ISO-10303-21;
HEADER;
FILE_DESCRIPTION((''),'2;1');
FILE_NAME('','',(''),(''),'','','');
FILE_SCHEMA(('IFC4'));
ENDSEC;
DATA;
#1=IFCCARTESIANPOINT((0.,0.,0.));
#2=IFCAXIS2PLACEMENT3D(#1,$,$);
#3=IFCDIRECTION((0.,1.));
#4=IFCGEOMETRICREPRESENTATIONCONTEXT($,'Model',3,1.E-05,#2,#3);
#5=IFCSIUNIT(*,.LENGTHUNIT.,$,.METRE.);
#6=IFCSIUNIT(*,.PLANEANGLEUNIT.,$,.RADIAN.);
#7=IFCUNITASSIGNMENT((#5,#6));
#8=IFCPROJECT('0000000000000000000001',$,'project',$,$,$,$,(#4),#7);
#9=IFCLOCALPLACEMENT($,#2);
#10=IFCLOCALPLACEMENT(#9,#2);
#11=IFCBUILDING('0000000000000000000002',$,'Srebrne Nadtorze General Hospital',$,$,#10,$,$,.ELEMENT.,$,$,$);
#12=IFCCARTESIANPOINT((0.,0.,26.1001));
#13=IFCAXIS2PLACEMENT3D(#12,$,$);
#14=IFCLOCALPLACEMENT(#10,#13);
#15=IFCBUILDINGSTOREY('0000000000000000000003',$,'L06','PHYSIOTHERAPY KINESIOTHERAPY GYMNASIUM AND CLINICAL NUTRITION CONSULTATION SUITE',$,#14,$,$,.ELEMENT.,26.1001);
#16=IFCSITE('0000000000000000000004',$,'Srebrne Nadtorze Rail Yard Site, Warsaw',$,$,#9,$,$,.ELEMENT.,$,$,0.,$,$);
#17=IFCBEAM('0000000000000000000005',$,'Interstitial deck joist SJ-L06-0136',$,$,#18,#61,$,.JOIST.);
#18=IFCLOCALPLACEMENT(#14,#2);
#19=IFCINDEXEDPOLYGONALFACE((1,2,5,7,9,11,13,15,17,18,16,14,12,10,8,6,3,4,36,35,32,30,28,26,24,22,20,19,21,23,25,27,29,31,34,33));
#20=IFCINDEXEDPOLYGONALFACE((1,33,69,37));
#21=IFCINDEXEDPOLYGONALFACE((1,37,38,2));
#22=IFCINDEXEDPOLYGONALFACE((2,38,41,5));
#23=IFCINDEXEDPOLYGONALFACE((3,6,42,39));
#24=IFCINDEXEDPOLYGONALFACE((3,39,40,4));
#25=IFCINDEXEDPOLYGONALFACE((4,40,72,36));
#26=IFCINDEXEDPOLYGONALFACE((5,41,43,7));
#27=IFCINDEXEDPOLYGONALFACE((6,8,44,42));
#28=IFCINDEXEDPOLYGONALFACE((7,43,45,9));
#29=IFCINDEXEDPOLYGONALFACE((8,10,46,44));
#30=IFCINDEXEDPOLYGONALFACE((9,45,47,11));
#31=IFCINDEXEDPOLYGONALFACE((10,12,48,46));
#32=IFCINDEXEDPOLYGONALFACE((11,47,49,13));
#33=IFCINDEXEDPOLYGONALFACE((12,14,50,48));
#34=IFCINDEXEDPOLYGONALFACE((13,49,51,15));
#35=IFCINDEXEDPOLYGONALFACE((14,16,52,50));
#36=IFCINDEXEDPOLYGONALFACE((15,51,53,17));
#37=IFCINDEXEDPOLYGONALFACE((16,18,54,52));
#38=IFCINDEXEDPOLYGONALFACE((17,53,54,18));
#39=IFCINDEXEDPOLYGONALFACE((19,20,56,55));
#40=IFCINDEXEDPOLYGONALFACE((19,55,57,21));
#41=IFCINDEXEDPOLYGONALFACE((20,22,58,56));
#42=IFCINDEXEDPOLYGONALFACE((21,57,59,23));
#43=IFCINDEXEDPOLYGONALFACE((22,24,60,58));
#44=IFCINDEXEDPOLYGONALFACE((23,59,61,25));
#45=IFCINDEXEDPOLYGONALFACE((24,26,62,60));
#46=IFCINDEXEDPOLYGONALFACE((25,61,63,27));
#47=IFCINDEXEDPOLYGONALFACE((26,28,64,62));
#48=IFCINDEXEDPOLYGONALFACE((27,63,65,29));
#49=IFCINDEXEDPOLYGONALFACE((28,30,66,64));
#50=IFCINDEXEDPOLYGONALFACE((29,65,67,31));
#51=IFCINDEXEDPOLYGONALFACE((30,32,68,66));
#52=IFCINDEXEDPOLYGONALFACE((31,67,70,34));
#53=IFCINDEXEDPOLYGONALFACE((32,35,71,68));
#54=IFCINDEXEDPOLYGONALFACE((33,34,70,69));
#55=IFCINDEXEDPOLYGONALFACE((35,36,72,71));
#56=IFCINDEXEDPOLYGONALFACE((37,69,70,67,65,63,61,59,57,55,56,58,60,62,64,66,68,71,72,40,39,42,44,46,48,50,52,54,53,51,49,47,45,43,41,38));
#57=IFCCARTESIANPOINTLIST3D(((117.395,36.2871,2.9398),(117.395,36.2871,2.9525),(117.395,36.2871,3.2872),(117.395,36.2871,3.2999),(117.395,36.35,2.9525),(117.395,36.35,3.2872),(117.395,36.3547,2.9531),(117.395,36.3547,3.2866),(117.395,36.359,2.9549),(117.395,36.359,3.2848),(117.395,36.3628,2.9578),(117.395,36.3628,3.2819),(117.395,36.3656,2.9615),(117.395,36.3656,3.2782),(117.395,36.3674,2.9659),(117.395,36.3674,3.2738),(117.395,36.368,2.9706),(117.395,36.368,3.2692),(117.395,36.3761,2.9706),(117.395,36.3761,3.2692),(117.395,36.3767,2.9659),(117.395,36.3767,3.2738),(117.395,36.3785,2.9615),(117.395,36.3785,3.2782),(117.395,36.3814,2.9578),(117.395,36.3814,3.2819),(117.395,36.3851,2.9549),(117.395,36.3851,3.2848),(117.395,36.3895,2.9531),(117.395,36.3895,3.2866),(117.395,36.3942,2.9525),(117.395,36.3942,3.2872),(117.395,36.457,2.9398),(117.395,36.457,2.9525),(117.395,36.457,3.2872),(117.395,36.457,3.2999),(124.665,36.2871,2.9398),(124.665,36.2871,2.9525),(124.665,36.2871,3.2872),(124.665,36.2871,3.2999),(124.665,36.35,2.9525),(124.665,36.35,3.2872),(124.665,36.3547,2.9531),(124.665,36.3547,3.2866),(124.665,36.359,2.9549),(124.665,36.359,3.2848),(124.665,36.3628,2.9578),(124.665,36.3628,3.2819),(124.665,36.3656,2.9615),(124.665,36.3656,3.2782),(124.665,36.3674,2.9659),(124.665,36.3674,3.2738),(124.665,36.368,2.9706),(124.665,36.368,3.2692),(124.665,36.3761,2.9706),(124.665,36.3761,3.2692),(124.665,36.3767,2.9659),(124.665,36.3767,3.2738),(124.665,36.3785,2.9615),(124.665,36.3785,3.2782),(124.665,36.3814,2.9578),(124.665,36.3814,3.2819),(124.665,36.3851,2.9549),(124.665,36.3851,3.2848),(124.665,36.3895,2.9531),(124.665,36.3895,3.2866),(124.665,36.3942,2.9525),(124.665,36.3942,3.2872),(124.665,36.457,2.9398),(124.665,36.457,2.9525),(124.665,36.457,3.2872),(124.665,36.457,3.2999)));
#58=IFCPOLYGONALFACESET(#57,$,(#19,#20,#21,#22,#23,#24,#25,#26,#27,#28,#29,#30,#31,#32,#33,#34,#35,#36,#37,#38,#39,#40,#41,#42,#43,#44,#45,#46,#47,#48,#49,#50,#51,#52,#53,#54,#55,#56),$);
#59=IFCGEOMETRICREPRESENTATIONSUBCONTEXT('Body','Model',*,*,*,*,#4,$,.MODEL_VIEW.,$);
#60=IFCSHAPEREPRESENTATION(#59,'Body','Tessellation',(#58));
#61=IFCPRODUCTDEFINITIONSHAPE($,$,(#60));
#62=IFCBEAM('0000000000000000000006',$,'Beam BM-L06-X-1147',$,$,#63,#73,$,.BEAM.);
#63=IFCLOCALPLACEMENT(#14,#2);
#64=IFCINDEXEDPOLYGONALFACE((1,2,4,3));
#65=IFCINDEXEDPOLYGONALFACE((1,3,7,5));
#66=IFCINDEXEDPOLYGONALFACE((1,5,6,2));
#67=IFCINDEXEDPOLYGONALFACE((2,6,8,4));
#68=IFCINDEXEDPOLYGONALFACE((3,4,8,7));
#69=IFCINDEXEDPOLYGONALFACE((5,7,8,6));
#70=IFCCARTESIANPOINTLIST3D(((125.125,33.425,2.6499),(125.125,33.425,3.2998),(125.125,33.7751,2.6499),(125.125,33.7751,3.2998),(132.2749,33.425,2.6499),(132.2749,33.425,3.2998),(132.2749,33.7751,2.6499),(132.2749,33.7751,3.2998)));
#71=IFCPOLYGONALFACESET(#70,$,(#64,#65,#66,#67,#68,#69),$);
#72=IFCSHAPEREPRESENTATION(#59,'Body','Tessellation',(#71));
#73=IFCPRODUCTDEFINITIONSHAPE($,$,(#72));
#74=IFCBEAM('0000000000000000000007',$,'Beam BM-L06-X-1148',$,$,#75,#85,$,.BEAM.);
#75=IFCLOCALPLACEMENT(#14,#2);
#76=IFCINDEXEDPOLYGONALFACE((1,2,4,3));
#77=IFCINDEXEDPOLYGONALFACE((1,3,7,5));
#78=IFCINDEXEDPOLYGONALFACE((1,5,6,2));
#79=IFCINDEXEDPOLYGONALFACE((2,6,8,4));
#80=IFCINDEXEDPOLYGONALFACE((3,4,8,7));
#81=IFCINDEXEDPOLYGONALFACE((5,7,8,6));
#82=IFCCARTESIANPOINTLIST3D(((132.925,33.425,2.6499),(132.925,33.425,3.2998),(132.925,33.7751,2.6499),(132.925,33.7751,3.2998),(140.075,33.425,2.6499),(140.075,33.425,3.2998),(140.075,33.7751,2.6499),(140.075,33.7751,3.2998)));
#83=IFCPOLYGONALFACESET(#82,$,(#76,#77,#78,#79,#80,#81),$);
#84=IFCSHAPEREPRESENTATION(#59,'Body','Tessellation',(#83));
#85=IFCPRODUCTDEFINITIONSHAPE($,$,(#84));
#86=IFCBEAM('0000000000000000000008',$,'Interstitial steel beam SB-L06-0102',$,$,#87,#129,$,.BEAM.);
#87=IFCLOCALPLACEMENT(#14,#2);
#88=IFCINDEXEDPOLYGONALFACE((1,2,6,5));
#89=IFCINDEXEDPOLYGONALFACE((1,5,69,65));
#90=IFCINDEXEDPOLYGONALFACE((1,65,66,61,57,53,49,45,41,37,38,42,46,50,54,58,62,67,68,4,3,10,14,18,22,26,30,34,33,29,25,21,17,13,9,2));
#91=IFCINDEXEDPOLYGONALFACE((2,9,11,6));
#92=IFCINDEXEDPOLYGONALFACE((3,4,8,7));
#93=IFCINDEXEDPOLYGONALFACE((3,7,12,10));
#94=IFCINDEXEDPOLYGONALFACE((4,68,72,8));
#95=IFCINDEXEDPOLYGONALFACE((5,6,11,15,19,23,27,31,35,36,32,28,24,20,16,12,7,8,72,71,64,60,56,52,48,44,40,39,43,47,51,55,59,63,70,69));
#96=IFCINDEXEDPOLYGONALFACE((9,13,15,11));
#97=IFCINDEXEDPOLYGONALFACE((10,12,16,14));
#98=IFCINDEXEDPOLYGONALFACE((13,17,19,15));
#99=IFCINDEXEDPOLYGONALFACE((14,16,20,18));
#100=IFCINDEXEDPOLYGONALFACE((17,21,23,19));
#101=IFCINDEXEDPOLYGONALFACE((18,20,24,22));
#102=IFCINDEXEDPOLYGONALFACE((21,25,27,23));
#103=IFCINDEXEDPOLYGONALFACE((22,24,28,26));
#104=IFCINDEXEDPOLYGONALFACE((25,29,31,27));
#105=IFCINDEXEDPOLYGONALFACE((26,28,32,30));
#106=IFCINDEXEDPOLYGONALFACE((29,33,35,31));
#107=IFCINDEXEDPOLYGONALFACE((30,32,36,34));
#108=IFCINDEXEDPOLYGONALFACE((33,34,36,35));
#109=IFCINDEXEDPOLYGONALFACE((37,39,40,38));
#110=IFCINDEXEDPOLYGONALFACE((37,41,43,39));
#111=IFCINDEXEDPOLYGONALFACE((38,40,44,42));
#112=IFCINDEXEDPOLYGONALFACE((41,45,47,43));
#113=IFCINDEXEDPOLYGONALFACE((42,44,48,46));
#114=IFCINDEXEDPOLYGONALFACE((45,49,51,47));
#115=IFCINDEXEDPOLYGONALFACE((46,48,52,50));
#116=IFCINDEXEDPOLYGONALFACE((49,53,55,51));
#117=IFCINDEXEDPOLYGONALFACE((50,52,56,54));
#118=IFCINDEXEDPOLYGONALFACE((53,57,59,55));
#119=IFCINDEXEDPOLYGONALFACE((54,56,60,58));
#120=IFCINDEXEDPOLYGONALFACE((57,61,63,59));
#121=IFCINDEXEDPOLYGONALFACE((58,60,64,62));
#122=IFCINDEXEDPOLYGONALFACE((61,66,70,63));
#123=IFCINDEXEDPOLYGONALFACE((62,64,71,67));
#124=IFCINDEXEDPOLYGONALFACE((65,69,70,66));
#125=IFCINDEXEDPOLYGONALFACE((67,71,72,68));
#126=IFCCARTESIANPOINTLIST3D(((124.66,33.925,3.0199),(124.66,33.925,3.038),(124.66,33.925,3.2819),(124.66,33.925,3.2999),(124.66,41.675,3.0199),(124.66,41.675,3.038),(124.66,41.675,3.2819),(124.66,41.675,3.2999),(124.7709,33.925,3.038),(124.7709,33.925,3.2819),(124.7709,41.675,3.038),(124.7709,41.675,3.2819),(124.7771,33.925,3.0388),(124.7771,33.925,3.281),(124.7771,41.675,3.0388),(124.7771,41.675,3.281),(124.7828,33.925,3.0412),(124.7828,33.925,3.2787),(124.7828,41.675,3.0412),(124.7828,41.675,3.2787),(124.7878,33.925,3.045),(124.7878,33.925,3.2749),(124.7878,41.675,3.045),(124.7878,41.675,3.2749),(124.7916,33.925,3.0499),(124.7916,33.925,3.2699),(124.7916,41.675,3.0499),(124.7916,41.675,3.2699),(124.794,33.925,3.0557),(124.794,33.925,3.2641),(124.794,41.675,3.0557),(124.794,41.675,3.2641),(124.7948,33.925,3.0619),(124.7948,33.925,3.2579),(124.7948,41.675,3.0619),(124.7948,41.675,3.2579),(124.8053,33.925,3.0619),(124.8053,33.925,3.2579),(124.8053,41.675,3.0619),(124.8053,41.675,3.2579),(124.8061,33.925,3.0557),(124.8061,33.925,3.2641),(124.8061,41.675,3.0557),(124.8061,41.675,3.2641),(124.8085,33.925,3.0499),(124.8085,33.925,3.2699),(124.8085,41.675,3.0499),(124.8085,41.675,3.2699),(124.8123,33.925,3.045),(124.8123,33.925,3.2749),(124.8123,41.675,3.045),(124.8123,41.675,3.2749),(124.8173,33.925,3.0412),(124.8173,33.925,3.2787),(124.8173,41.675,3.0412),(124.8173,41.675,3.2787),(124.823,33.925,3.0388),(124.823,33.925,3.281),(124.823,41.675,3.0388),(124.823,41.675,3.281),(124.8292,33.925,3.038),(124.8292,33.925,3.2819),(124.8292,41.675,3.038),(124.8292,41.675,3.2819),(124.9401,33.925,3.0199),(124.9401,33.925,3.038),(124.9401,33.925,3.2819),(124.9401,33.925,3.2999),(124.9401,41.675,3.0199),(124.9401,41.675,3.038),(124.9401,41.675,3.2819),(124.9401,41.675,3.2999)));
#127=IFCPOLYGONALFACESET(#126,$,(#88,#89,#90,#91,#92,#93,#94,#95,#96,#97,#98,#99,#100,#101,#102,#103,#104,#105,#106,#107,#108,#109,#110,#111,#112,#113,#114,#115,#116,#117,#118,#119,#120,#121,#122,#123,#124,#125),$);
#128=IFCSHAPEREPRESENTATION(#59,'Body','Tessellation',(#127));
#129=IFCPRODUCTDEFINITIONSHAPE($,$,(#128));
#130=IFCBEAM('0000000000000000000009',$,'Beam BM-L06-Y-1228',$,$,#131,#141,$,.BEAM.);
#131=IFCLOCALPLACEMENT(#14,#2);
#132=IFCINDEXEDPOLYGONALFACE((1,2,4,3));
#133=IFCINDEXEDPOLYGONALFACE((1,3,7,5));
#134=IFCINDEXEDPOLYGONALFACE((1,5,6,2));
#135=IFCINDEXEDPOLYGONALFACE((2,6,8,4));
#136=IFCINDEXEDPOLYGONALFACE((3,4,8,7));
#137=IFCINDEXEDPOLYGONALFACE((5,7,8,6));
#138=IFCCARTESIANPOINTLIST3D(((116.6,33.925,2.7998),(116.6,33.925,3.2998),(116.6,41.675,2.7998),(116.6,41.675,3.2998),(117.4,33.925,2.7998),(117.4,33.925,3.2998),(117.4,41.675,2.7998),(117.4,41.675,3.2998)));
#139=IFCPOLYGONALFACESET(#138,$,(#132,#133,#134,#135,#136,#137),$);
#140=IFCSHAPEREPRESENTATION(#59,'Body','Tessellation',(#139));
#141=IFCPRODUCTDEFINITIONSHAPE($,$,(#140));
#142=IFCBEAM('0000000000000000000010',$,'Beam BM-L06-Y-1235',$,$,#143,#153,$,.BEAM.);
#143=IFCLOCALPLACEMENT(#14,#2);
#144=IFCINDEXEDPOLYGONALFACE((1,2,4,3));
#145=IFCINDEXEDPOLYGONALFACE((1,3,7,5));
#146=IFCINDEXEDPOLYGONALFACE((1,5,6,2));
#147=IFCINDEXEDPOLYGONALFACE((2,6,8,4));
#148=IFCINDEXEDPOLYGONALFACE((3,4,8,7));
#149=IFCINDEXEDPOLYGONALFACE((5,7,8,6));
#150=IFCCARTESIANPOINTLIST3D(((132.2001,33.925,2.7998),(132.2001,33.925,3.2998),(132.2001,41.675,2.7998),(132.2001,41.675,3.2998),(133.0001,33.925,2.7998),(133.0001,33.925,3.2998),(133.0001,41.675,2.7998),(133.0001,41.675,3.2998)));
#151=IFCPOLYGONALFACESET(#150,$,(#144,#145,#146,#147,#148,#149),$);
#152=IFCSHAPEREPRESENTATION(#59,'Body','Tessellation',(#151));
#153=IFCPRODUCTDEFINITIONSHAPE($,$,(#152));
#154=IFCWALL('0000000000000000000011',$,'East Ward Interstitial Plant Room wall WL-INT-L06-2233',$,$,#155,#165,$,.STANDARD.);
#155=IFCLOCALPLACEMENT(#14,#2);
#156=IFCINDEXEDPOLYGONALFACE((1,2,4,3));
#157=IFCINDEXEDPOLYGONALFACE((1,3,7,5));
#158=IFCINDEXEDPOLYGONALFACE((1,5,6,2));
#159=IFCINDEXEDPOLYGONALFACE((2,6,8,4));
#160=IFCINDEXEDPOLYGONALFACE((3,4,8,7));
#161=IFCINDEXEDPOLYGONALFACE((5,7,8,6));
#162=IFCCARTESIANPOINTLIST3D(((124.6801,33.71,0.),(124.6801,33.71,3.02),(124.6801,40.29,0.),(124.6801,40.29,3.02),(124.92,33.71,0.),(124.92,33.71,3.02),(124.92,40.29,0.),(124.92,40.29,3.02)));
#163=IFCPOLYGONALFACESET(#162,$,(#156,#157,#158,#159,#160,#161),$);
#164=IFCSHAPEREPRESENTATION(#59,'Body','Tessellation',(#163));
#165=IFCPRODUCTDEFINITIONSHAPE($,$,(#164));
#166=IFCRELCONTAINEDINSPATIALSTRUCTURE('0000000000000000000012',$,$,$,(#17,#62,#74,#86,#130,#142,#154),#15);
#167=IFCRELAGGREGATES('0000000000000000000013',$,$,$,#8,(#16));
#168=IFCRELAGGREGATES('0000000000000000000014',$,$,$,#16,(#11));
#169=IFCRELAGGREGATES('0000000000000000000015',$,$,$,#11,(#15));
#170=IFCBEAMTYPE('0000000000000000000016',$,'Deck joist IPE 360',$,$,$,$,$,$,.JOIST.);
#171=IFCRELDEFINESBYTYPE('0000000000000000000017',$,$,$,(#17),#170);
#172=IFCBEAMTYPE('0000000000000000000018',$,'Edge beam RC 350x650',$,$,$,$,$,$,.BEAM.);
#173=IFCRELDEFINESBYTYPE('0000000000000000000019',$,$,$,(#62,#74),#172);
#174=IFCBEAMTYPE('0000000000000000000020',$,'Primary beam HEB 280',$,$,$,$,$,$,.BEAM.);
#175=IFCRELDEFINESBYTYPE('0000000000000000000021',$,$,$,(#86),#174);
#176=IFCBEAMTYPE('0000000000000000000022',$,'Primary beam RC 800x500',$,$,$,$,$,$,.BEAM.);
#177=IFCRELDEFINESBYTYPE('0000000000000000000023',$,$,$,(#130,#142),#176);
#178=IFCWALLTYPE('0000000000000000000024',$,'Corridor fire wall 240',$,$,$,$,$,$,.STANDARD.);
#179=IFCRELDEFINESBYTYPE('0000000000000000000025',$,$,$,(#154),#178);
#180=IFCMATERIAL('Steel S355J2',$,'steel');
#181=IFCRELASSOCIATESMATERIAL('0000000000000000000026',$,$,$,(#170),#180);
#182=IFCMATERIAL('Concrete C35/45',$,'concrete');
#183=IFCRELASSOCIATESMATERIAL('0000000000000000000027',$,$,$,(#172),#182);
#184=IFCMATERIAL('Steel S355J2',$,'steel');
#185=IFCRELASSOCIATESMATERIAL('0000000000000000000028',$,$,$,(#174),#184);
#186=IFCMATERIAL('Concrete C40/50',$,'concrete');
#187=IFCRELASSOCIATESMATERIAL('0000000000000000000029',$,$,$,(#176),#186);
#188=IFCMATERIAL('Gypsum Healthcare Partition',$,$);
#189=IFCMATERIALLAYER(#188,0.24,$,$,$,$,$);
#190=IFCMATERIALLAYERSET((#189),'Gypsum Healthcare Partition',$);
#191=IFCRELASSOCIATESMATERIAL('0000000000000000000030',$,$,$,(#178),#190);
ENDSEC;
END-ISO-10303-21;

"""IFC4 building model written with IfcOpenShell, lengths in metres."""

from ifc_helpers import new_model, si_unit, direction, frame, frame_2d, origin, origin_2d, place, context, subcontext, project, spatial, rectangle, i_section, extrude, material, layer, layer_set, material_profile, profile_set, type_object, element, save


model = new_model("IFC4")

# Units and contexts
model_context = context("Model", 3, precision=1e-05, world=origin(), true_north=direction((0.0, 1.0)))
body_context = subcontext(model_context, "Body", "Model", "MODEL_VIEW")
ifc_project = project(units=[si_unit("LENGTHUNIT", "METRE"), si_unit("PLANEANGLEUNIT", "RADIAN")], contexts=[model_context])

# Site, building, storey
site_placement = place(None, origin())
site = spatial("IfcSite", under=ifc_project, at=site_placement, Name="Srebrne Nadtorze Rail Yard Site, Warsaw", CompositionType="ELEMENT", RefElevation=0.0)
building_placement = place(site_placement, origin())
building = spatial("IfcBuilding", under=site, at=building_placement, Name="Srebrne Nadtorze General Hospital", CompositionType="ELEMENT")
storey_placement = place(building_placement, frame((0.0, 0.0, 26.1001)))
storey = spatial("IfcBuildingStorey", under=building, at=storey_placement, Name="L06", Description="PHYSIOTHERAPY KINESIOTHERAPY GYMNASIUM AND CLINICAL NUTRITION CONSULTATION SUITE", CompositionType="ELEMENT", Elevation=26.1001)

# Beams
ifc_material_1 = material(Name="Steel S355J2", Category="steel")
ifc_material_profile_1 = material_profile(ifc_material_1, i_section(OverallWidth=0.1699, OverallDepth=0.3601, WebThickness=0.0081, FlangeThickness=0.0127, FilletRadius=0.0181, at=origin_2d()), Name="IPE-360")
ifc_profile_set_1 = profile_set([ifc_material_profile_1], Name="Steel S355J2")
beam_type_1 = type_object("IfcBeamType", Name="Deck joist IPE 360", PredefinedType="JOIST", material=ifc_profile_set_1)
beam_1_placement = place(storey_placement, frame((117.395, 36.3721, 3.1199), z_axis=(1.0, 0.0, 0.0), x_axis=(0.0, 1.0, 0.0)))
element("IfcBeam", 1, at=beam_1_placement, inside=storey, type_object=beam_type_1, Name="Interstitial deck joist SJ-L06-0136", PredefinedType="JOIST", context=body_context, shape_type="SweptSolid", body=[
    extrude(i_section(OverallWidth=0.1699, OverallDepth=0.3601, WebThickness=0.0081, FlangeThickness=0.0127, FilletRadius=0.0181, at=origin_2d()), origin(), (0.0, 0.0, 1.0), 7.27),
])
ifc_material_2 = material(Name="Concrete C35/45", Category="concrete")
ifc_material_profile_2 = material_profile(ifc_material_2, rectangle(XDim=0.3501, YDim=0.6499, at=origin_2d()), Name="RC-BM-350x650")
ifc_profile_set_2 = profile_set([ifc_material_profile_2], Name="Concrete C35/45")
beam_type_2 = type_object("IfcBeamType", Name="Edge beam RC 350x650", PredefinedType="BEAM", material=ifc_profile_set_2)
for number, where, z_axis, x_axis, name in (
    (2, (125.125, 33.6001, 2.9749), (1.0, 0.0, 0.0), (0.0, 1.0, 0.0), "Beam BM-L06-X-1147"),
    (3, (132.925, 33.6001, 2.9749), (1.0, 0.0, 0.0), (0.0, 1.0, 0.0), "Beam BM-L06-X-1148"),
):
    element("IfcBeam", number, at=place(storey_placement, frame(where, z_axis=z_axis, x_axis=x_axis)), inside=storey, type_object=beam_type_2, Name=name, PredefinedType="BEAM", context=body_context, shape_type="SweptSolid", body=[
        extrude(rectangle(XDim=0.3501, YDim=0.6499, at=origin_2d()), origin(), (0.0, 0.0, 1.0), 7.1499),
    ])
ifc_material_3 = material(Name="Steel S355J2", Category="steel")
ifc_material_profile_3 = material_profile(ifc_material_3, i_section(OverallWidth=0.28, OverallDepth=0.28, WebThickness=0.0105, FlangeThickness=0.0181, FilletRadius=0.0239, at=origin_2d()), Name="HEB-280")
ifc_profile_set_3 = profile_set([ifc_material_profile_3], Name="Steel S355J2")
beam_type_3 = type_object("IfcBeamType", Name="Primary beam HEB 280", PredefinedType="BEAM", material=ifc_profile_set_3)
beam_2_placement = place(storey_placement, frame((124.8, 33.925, 3.1599), z_axis=(0.0, 1.0, 0.0), x_axis=(-1.0, 0.0, 0.0)))
element("IfcBeam", 4, at=beam_2_placement, inside=storey, type_object=beam_type_3, Name="Interstitial steel beam SB-L06-0102", PredefinedType="BEAM", context=body_context, shape_type="SweptSolid", body=[
    extrude(i_section(OverallWidth=0.28, OverallDepth=0.28, WebThickness=0.0105, FlangeThickness=0.0181, FilletRadius=0.0239, at=origin_2d()), origin(), (0.0, 0.0, 1.0), 7.75),
])
ifc_material_4 = material(Name="Concrete C40/50", Category="concrete")
ifc_material_profile_4 = material_profile(ifc_material_4, rectangle(XDim=0.8, YDim=0.5, at=origin_2d()), Name="RC-BM-800x500")
ifc_profile_set_4 = profile_set([ifc_material_profile_4], Name="Concrete C40/50")
beam_type_4 = type_object("IfcBeamType", Name="Primary beam RC 800x500", PredefinedType="BEAM", material=ifc_profile_set_4)
for number, where, z_axis, x_axis, name in (
    (5, (117.0, 33.925, 3.0498), (0.0, 1.0, 0.0), (-1.0, 0.0, 0.0), "Beam BM-L06-Y-1228"),
    (6, (132.6001, 33.925, 3.0498), (0.0, 1.0, 0.0), (-1.0, 0.0, 0.0), "Beam BM-L06-Y-1235"),
):
    element("IfcBeam", number, at=place(storey_placement, frame(where, z_axis=z_axis, x_axis=x_axis)), inside=storey, type_object=beam_type_4, Name=name, PredefinedType="BEAM", context=body_context, shape_type="SweptSolid", body=[
        extrude(rectangle(XDim=0.8, YDim=0.5, at=origin_2d()), origin(), (0.0, 0.0, 1.0), 7.75),
    ])

# Wall
ifc_material_5 = material(Name="Gypsum Healthcare Partition")
ifc_layer_1 = layer(ifc_material_5, 0.24)
ifc_layer_set_1 = layer_set([ifc_layer_1], Name="Gypsum Healthcare Partition")
wall_type_1 = type_object("IfcWallType", Name="Corridor fire wall 240", PredefinedType="STANDARD", material=ifc_layer_set_1)
wall_1_placement = place(storey_placement, frame((124.8, 33.71, 0.0), z_axis=(0.0, 0.0, 1.0), x_axis=(0.0, 1.0, 0.0)))
element("IfcWall", 7, at=wall_1_placement, inside=storey, type_object=wall_type_1, Name="East Ward Interstitial Plant Room wall WL-INT-L06-2233", PredefinedType="STANDARD", context=body_context, shape_type="SweptSolid", body=[
    extrude(rectangle(XDim=6.5801, YDim=0.24, at=frame_2d((3.29, 0.0))), origin(), (0.0, 0.0, 1.0), 3.02),
])

save(model, "model.ifc")
